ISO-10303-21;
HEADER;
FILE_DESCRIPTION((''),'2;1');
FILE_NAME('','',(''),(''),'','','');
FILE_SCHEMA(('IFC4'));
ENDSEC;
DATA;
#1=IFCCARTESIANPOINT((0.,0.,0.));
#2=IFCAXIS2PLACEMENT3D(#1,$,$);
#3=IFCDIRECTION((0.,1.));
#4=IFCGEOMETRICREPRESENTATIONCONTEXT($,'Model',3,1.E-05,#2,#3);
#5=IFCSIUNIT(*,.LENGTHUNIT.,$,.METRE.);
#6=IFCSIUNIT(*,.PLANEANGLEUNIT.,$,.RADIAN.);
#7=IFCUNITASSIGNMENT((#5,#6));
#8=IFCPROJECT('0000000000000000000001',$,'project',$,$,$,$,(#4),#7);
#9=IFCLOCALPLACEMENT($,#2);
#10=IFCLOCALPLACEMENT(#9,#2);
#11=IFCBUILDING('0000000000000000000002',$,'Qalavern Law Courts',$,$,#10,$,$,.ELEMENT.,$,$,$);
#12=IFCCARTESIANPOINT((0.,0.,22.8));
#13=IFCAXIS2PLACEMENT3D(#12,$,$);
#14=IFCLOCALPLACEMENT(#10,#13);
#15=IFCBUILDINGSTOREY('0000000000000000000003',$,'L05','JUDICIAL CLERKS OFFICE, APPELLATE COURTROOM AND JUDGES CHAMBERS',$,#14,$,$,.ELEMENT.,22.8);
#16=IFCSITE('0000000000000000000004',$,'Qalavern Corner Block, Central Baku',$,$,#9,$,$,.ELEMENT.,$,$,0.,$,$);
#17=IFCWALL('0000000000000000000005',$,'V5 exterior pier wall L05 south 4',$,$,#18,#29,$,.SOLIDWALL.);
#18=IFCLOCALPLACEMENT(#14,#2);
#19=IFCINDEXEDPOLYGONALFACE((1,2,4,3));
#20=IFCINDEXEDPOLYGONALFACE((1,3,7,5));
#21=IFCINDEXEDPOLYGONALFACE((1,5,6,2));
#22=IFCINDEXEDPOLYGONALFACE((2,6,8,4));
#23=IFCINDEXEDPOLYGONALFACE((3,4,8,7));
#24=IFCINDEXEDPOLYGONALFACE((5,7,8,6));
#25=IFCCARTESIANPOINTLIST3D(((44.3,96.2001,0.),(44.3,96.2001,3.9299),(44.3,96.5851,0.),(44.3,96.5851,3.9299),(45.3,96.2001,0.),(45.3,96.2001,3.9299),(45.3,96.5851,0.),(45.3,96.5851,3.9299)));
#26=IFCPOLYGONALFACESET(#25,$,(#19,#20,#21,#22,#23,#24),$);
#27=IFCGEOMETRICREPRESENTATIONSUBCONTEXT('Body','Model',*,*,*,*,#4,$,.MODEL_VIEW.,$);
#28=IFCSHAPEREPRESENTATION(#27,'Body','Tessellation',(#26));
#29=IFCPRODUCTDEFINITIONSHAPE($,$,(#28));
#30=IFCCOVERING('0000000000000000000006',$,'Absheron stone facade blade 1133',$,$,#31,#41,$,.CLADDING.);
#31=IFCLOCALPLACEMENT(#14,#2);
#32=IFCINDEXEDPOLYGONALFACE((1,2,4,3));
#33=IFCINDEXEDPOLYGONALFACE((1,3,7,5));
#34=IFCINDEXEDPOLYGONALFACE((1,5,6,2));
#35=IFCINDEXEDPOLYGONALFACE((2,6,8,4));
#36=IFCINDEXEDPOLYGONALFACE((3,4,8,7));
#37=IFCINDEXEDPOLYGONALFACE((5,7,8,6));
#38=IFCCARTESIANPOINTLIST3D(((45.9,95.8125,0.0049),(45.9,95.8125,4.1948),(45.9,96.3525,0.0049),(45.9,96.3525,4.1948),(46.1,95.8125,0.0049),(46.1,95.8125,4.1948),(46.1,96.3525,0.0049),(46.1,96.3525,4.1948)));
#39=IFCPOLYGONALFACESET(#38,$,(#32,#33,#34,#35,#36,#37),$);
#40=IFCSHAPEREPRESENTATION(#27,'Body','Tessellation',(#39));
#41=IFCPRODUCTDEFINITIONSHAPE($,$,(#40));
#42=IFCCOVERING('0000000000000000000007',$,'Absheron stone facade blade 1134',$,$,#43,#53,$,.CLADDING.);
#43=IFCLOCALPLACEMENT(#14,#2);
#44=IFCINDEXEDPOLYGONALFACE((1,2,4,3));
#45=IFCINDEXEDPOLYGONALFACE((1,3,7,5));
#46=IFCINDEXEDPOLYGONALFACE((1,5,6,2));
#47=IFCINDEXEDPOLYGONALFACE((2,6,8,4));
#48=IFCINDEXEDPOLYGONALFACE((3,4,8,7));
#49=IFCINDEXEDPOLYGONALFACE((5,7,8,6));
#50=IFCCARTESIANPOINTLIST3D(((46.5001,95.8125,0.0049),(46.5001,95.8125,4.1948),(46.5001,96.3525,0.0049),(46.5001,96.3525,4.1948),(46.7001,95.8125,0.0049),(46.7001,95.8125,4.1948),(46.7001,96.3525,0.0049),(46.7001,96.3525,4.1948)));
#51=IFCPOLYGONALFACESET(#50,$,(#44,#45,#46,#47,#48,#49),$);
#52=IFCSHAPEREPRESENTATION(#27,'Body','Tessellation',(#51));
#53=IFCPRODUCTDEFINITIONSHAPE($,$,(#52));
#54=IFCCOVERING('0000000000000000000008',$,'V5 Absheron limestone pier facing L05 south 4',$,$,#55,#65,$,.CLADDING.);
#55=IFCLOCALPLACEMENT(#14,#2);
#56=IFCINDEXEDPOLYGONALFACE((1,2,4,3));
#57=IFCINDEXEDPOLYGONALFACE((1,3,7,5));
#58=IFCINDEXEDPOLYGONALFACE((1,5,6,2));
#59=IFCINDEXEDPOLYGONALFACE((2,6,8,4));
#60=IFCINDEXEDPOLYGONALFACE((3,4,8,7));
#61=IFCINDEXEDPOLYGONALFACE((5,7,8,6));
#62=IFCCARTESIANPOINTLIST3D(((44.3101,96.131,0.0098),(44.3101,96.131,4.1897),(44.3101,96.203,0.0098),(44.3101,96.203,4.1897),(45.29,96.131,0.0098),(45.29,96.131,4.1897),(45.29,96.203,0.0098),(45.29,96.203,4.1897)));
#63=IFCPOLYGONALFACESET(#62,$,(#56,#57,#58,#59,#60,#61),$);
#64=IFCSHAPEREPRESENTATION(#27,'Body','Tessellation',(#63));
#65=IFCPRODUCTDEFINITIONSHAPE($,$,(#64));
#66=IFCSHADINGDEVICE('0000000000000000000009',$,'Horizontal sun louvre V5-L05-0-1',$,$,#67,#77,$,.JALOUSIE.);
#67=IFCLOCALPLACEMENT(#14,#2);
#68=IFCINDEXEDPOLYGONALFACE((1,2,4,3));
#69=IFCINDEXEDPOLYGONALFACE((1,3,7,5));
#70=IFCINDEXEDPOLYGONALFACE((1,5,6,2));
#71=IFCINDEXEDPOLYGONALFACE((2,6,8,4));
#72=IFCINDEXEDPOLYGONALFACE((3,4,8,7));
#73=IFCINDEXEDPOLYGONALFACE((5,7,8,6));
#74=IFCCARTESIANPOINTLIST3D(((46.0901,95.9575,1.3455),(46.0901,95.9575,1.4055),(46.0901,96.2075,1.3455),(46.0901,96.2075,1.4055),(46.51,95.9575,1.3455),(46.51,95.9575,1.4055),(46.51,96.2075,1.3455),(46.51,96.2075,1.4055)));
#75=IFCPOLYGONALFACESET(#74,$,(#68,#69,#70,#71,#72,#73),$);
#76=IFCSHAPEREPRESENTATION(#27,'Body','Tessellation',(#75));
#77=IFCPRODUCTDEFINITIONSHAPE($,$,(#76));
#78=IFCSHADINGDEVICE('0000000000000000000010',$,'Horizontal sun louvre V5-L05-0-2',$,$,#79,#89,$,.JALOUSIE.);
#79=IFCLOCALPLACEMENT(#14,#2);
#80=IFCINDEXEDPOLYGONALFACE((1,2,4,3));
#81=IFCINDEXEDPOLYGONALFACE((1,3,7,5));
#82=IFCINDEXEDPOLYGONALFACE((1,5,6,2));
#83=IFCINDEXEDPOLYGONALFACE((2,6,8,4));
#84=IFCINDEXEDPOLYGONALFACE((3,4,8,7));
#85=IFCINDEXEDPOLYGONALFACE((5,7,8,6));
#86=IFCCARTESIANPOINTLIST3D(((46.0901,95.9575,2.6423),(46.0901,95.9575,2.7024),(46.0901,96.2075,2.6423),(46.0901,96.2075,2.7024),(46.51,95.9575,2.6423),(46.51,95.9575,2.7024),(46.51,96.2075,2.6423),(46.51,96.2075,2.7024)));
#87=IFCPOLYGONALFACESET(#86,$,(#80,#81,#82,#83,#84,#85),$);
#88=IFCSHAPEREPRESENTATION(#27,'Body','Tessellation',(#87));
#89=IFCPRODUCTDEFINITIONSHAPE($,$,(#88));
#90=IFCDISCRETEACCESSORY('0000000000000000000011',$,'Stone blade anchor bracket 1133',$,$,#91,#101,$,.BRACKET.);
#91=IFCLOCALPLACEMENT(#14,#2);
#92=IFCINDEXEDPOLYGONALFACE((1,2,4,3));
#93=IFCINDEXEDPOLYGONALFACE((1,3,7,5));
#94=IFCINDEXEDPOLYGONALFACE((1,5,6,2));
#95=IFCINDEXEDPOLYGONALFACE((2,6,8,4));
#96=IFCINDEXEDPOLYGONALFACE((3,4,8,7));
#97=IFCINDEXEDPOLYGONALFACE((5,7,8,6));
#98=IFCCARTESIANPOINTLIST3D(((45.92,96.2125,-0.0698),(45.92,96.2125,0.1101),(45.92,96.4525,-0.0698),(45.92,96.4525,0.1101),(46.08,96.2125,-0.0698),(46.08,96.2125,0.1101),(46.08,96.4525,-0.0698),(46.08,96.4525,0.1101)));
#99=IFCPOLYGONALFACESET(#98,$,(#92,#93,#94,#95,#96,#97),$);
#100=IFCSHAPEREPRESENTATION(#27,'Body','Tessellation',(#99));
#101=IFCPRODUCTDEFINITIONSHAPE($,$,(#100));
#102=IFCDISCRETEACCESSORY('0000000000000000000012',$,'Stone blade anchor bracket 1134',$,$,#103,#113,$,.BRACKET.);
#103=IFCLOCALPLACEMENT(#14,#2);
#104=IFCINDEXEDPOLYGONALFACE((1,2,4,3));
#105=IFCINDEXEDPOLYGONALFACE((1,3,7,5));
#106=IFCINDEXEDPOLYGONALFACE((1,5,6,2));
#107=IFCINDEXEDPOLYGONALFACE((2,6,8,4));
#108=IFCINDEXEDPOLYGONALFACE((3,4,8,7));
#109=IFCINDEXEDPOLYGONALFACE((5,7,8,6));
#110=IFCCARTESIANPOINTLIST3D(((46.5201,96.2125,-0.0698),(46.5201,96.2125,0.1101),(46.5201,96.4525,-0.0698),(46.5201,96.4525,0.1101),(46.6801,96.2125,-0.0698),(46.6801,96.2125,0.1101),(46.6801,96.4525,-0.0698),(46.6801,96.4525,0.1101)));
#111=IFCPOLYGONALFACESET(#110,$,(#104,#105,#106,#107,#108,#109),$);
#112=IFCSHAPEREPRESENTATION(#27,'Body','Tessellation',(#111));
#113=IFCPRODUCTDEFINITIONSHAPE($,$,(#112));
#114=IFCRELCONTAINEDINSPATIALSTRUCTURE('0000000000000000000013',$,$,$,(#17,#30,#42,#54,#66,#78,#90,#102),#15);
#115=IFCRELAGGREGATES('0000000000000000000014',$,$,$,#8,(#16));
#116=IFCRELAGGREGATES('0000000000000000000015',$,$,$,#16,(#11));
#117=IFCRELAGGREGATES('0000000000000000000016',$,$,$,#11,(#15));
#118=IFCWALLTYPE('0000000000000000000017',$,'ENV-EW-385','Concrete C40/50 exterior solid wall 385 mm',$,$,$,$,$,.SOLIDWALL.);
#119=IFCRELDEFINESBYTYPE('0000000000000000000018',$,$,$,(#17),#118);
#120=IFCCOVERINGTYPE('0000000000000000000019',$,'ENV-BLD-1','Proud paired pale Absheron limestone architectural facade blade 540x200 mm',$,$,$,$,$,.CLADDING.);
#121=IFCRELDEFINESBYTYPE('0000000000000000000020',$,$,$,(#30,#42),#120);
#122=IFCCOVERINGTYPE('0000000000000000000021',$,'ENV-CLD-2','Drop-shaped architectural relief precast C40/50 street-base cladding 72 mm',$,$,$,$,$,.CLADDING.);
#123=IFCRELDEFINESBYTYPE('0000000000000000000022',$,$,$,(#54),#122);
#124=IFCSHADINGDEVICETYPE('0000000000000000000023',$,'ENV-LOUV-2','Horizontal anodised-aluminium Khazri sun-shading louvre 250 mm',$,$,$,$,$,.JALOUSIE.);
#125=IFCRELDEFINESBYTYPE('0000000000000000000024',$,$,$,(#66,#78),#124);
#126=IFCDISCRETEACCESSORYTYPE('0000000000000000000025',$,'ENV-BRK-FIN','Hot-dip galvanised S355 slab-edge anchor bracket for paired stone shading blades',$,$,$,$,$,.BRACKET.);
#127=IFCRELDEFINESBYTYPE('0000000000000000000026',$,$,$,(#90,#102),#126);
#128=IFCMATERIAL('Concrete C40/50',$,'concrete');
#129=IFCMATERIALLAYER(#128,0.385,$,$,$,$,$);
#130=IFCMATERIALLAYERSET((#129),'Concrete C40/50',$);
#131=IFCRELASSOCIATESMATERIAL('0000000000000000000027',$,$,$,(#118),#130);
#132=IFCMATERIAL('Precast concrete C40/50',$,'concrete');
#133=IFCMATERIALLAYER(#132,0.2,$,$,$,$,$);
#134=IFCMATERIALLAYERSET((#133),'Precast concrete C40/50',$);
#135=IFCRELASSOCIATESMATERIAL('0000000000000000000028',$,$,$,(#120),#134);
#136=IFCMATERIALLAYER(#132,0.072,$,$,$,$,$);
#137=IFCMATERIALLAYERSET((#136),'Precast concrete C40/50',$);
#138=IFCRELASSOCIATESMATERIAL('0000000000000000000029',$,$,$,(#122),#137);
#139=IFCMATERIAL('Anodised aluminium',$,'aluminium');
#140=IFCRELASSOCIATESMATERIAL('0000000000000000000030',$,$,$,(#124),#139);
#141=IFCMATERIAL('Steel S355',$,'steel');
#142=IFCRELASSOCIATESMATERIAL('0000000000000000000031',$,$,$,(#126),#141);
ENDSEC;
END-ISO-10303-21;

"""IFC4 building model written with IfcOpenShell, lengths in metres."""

from ifc_helpers import new_model, si_unit, direction, frame, frame_2d, origin, origin_2d, place, context, subcontext, project, spatial, rectangle, extrude, material, layer, layer_set, type_object, element, save


model = new_model("IFC4")

# Units and contexts
model_context = context("Model", 3, precision=1e-05, world=origin(), true_north=direction((0.0, 1.0)))
body_context = subcontext(model_context, "Body", "Model", "MODEL_VIEW")
ifc_project = project(units=[si_unit("LENGTHUNIT", "METRE"), si_unit("PLANEANGLEUNIT", "RADIAN")], contexts=[model_context])

# Site, building, storey
site_placement = place(None, origin())
site = spatial("IfcSite", under=ifc_project, at=site_placement, Name="Qalavern Corner Block, Central Baku", CompositionType="ELEMENT", RefElevation=0.0)
building_placement = place(site_placement, origin())
building = spatial("IfcBuilding", under=site, at=building_placement, Name="Qalavern Law Courts", CompositionType="ELEMENT")
storey_placement = place(building_placement, frame((0.0, 0.0, 22.8)))
storey = spatial("IfcBuildingStorey", under=building, at=storey_placement, Name="L05", Description="JUDICIAL CLERKS OFFICE, APPELLATE COURTROOM AND JUDGES CHAMBERS", CompositionType="ELEMENT", Elevation=22.8)

# Shared definitions
ifc_material_1 = material(Name="Anodised aluminium", Category="aluminium")

# Wall
ifc_material_2 = material(Name="Concrete C40/50", Category="concrete")
ifc_layer_1 = layer(ifc_material_2, 0.385)
ifc_layer_set_1 = layer_set([ifc_layer_1], Name="Concrete C40/50")
wall_type = type_object("IfcWallType", Name="ENV-EW-385", Description="Concrete C40/50 exterior solid wall 385 mm", PredefinedType="SOLIDWALL", material=ifc_layer_set_1)
wall_placement = place(storey_placement, frame((44.3, 96.3926, 0.0), z_axis=(0.0, 0.0, 1.0), x_axis=(1.0, 0.0, 0.0)))
element("IfcWall", 1, at=wall_placement, inside=storey, type_object=wall_type, Name="V5 exterior pier wall L05 south 4", PredefinedType="SOLIDWALL", context=body_context, shape_type="SweptSolid", body=[
    extrude(rectangle(XDim=1.0, YDim=0.385, at=frame_2d((0.5, 0.0))), origin(), (0.0, 0.0, 1.0), 3.9299),
])

# Coverings
ifc_material_3 = material(Name="Precast concrete C40/50", Category="concrete")
ifc_layer_2 = layer(ifc_material_3, 0.2)
ifc_layer_set_2 = layer_set([ifc_layer_2], Name="Precast concrete C40/50")
covering_type_1 = type_object("IfcCoveringType", Name="ENV-BLD-1", Description="Proud paired pale Absheron limestone architectural facade blade 540x200 mm", PredefinedType="CLADDING", material=ifc_layer_set_2)
for number, where, z_axis, x_axis, name in (
    (2, (46.0, 96.0825, 0.0049), (0.0, 0.0, 1.0), (0.0, -1.0, 0.0), "Absheron stone facade blade 1133"),
    (3, (46.6001, 96.0825, 0.0049), (0.0, 0.0, 1.0), (0.0, -1.0, 0.0), "Absheron stone facade blade 1134"),
):
    element("IfcCovering", number, at=place(storey_placement, frame(where, z_axis=z_axis, x_axis=x_axis)), inside=storey, type_object=covering_type_1, Name=name, PredefinedType="CLADDING", context=body_context, shape_type="SweptSolid", body=[
        extrude(rectangle(XDim=0.54, YDim=0.2, at=origin_2d()), origin(), (0.0, 0.0, 1.0), 4.1899),
    ])
ifc_layer_3 = layer(ifc_material_3, 0.072)
ifc_layer_set_3 = layer_set([ifc_layer_3], Name="Precast concrete C40/50")
covering_type_2 = type_object("IfcCoveringType", Name="ENV-CLD-2", Description="Drop-shaped architectural relief precast C40/50 street-base cladding 72 mm", PredefinedType="CLADDING", material=ifc_layer_set_3)
covering_placement = place(storey_placement, frame((44.8, 96.167, 0.0098), z_axis=(0.0, 0.0, 1.0), x_axis=(1.0, 0.0, 0.0)))
element("IfcCovering", 4, at=covering_placement, inside=storey, type_object=covering_type_2, Name="V5 Absheron limestone pier facing L05 south 4", PredefinedType="CLADDING", context=body_context, shape_type="SweptSolid", body=[
    extrude(rectangle(XDim=0.98, YDim=0.072, at=origin_2d()), origin(), (0.0, 0.0, 1.0), 4.1799),
])

# Shading devices
shading_device_type = type_object("IfcShadingDeviceType", Name="ENV-LOUV-2", Description="Horizontal anodised-aluminium Khazri sun-shading louvre 250 mm", PredefinedType="JALOUSIE", material=ifc_material_1)
for number, where, z_axis, x_axis, name in (
    (5, (46.3, 96.0825, 1.3455), (0.0, 0.0, 1.0), (1.0, 0.0, 0.0), "Horizontal sun louvre V5-L05-0-1"),
    (6, (46.3, 96.0825, 2.6423), (0.0, 0.0, 1.0), (1.0, 0.0, 0.0), "Horizontal sun louvre V5-L05-0-2"),
):
    element("IfcShadingDevice", number, at=place(storey_placement, frame(where, z_axis=z_axis, x_axis=x_axis)), inside=storey, type_object=shading_device_type, Name=name, PredefinedType="JALOUSIE", context=body_context, shape_type="SweptSolid", body=[
        extrude(rectangle(XDim=0.4199, YDim=0.25, at=origin_2d()), origin(), (0.0, 0.0, 1.0), 0.0601),
    ])

# Discrete accessories
ifc_material_4 = material(Name="Steel S355", Category="steel")
discrete_accessory_type = type_object("IfcDiscreteAccessoryType", Name="ENV-BRK-FIN", Description="Hot-dip galvanised S355 slab-edge anchor bracket for paired stone shading blades", PredefinedType="BRACKET", material=ifc_material_4)
for number, where, z_axis, x_axis, name in (
    (7, (46.0, 96.3325, -0.0698), (0.0, 0.0, 1.0), (0.0, -1.0, 0.0), "Stone blade anchor bracket 1133"),
    (8, (46.6001, 96.3325, -0.0698), (0.0, 0.0, 1.0), (0.0, -1.0, 0.0), "Stone blade anchor bracket 1134"),
):
    element("IfcDiscreteAccessory", number, at=place(storey_placement, frame(where, z_axis=z_axis, x_axis=x_axis)), inside=storey, type_object=discrete_accessory_type, Name=name, PredefinedType="BRACKET", context=body_context, shape_type="SweptSolid", body=[
        extrude(rectangle(XDim=0.24, YDim=0.1599, at=origin_2d()), origin(), (0.0, 0.0, 1.0), 0.1799),
    ])

save(model, "model.ifc")
